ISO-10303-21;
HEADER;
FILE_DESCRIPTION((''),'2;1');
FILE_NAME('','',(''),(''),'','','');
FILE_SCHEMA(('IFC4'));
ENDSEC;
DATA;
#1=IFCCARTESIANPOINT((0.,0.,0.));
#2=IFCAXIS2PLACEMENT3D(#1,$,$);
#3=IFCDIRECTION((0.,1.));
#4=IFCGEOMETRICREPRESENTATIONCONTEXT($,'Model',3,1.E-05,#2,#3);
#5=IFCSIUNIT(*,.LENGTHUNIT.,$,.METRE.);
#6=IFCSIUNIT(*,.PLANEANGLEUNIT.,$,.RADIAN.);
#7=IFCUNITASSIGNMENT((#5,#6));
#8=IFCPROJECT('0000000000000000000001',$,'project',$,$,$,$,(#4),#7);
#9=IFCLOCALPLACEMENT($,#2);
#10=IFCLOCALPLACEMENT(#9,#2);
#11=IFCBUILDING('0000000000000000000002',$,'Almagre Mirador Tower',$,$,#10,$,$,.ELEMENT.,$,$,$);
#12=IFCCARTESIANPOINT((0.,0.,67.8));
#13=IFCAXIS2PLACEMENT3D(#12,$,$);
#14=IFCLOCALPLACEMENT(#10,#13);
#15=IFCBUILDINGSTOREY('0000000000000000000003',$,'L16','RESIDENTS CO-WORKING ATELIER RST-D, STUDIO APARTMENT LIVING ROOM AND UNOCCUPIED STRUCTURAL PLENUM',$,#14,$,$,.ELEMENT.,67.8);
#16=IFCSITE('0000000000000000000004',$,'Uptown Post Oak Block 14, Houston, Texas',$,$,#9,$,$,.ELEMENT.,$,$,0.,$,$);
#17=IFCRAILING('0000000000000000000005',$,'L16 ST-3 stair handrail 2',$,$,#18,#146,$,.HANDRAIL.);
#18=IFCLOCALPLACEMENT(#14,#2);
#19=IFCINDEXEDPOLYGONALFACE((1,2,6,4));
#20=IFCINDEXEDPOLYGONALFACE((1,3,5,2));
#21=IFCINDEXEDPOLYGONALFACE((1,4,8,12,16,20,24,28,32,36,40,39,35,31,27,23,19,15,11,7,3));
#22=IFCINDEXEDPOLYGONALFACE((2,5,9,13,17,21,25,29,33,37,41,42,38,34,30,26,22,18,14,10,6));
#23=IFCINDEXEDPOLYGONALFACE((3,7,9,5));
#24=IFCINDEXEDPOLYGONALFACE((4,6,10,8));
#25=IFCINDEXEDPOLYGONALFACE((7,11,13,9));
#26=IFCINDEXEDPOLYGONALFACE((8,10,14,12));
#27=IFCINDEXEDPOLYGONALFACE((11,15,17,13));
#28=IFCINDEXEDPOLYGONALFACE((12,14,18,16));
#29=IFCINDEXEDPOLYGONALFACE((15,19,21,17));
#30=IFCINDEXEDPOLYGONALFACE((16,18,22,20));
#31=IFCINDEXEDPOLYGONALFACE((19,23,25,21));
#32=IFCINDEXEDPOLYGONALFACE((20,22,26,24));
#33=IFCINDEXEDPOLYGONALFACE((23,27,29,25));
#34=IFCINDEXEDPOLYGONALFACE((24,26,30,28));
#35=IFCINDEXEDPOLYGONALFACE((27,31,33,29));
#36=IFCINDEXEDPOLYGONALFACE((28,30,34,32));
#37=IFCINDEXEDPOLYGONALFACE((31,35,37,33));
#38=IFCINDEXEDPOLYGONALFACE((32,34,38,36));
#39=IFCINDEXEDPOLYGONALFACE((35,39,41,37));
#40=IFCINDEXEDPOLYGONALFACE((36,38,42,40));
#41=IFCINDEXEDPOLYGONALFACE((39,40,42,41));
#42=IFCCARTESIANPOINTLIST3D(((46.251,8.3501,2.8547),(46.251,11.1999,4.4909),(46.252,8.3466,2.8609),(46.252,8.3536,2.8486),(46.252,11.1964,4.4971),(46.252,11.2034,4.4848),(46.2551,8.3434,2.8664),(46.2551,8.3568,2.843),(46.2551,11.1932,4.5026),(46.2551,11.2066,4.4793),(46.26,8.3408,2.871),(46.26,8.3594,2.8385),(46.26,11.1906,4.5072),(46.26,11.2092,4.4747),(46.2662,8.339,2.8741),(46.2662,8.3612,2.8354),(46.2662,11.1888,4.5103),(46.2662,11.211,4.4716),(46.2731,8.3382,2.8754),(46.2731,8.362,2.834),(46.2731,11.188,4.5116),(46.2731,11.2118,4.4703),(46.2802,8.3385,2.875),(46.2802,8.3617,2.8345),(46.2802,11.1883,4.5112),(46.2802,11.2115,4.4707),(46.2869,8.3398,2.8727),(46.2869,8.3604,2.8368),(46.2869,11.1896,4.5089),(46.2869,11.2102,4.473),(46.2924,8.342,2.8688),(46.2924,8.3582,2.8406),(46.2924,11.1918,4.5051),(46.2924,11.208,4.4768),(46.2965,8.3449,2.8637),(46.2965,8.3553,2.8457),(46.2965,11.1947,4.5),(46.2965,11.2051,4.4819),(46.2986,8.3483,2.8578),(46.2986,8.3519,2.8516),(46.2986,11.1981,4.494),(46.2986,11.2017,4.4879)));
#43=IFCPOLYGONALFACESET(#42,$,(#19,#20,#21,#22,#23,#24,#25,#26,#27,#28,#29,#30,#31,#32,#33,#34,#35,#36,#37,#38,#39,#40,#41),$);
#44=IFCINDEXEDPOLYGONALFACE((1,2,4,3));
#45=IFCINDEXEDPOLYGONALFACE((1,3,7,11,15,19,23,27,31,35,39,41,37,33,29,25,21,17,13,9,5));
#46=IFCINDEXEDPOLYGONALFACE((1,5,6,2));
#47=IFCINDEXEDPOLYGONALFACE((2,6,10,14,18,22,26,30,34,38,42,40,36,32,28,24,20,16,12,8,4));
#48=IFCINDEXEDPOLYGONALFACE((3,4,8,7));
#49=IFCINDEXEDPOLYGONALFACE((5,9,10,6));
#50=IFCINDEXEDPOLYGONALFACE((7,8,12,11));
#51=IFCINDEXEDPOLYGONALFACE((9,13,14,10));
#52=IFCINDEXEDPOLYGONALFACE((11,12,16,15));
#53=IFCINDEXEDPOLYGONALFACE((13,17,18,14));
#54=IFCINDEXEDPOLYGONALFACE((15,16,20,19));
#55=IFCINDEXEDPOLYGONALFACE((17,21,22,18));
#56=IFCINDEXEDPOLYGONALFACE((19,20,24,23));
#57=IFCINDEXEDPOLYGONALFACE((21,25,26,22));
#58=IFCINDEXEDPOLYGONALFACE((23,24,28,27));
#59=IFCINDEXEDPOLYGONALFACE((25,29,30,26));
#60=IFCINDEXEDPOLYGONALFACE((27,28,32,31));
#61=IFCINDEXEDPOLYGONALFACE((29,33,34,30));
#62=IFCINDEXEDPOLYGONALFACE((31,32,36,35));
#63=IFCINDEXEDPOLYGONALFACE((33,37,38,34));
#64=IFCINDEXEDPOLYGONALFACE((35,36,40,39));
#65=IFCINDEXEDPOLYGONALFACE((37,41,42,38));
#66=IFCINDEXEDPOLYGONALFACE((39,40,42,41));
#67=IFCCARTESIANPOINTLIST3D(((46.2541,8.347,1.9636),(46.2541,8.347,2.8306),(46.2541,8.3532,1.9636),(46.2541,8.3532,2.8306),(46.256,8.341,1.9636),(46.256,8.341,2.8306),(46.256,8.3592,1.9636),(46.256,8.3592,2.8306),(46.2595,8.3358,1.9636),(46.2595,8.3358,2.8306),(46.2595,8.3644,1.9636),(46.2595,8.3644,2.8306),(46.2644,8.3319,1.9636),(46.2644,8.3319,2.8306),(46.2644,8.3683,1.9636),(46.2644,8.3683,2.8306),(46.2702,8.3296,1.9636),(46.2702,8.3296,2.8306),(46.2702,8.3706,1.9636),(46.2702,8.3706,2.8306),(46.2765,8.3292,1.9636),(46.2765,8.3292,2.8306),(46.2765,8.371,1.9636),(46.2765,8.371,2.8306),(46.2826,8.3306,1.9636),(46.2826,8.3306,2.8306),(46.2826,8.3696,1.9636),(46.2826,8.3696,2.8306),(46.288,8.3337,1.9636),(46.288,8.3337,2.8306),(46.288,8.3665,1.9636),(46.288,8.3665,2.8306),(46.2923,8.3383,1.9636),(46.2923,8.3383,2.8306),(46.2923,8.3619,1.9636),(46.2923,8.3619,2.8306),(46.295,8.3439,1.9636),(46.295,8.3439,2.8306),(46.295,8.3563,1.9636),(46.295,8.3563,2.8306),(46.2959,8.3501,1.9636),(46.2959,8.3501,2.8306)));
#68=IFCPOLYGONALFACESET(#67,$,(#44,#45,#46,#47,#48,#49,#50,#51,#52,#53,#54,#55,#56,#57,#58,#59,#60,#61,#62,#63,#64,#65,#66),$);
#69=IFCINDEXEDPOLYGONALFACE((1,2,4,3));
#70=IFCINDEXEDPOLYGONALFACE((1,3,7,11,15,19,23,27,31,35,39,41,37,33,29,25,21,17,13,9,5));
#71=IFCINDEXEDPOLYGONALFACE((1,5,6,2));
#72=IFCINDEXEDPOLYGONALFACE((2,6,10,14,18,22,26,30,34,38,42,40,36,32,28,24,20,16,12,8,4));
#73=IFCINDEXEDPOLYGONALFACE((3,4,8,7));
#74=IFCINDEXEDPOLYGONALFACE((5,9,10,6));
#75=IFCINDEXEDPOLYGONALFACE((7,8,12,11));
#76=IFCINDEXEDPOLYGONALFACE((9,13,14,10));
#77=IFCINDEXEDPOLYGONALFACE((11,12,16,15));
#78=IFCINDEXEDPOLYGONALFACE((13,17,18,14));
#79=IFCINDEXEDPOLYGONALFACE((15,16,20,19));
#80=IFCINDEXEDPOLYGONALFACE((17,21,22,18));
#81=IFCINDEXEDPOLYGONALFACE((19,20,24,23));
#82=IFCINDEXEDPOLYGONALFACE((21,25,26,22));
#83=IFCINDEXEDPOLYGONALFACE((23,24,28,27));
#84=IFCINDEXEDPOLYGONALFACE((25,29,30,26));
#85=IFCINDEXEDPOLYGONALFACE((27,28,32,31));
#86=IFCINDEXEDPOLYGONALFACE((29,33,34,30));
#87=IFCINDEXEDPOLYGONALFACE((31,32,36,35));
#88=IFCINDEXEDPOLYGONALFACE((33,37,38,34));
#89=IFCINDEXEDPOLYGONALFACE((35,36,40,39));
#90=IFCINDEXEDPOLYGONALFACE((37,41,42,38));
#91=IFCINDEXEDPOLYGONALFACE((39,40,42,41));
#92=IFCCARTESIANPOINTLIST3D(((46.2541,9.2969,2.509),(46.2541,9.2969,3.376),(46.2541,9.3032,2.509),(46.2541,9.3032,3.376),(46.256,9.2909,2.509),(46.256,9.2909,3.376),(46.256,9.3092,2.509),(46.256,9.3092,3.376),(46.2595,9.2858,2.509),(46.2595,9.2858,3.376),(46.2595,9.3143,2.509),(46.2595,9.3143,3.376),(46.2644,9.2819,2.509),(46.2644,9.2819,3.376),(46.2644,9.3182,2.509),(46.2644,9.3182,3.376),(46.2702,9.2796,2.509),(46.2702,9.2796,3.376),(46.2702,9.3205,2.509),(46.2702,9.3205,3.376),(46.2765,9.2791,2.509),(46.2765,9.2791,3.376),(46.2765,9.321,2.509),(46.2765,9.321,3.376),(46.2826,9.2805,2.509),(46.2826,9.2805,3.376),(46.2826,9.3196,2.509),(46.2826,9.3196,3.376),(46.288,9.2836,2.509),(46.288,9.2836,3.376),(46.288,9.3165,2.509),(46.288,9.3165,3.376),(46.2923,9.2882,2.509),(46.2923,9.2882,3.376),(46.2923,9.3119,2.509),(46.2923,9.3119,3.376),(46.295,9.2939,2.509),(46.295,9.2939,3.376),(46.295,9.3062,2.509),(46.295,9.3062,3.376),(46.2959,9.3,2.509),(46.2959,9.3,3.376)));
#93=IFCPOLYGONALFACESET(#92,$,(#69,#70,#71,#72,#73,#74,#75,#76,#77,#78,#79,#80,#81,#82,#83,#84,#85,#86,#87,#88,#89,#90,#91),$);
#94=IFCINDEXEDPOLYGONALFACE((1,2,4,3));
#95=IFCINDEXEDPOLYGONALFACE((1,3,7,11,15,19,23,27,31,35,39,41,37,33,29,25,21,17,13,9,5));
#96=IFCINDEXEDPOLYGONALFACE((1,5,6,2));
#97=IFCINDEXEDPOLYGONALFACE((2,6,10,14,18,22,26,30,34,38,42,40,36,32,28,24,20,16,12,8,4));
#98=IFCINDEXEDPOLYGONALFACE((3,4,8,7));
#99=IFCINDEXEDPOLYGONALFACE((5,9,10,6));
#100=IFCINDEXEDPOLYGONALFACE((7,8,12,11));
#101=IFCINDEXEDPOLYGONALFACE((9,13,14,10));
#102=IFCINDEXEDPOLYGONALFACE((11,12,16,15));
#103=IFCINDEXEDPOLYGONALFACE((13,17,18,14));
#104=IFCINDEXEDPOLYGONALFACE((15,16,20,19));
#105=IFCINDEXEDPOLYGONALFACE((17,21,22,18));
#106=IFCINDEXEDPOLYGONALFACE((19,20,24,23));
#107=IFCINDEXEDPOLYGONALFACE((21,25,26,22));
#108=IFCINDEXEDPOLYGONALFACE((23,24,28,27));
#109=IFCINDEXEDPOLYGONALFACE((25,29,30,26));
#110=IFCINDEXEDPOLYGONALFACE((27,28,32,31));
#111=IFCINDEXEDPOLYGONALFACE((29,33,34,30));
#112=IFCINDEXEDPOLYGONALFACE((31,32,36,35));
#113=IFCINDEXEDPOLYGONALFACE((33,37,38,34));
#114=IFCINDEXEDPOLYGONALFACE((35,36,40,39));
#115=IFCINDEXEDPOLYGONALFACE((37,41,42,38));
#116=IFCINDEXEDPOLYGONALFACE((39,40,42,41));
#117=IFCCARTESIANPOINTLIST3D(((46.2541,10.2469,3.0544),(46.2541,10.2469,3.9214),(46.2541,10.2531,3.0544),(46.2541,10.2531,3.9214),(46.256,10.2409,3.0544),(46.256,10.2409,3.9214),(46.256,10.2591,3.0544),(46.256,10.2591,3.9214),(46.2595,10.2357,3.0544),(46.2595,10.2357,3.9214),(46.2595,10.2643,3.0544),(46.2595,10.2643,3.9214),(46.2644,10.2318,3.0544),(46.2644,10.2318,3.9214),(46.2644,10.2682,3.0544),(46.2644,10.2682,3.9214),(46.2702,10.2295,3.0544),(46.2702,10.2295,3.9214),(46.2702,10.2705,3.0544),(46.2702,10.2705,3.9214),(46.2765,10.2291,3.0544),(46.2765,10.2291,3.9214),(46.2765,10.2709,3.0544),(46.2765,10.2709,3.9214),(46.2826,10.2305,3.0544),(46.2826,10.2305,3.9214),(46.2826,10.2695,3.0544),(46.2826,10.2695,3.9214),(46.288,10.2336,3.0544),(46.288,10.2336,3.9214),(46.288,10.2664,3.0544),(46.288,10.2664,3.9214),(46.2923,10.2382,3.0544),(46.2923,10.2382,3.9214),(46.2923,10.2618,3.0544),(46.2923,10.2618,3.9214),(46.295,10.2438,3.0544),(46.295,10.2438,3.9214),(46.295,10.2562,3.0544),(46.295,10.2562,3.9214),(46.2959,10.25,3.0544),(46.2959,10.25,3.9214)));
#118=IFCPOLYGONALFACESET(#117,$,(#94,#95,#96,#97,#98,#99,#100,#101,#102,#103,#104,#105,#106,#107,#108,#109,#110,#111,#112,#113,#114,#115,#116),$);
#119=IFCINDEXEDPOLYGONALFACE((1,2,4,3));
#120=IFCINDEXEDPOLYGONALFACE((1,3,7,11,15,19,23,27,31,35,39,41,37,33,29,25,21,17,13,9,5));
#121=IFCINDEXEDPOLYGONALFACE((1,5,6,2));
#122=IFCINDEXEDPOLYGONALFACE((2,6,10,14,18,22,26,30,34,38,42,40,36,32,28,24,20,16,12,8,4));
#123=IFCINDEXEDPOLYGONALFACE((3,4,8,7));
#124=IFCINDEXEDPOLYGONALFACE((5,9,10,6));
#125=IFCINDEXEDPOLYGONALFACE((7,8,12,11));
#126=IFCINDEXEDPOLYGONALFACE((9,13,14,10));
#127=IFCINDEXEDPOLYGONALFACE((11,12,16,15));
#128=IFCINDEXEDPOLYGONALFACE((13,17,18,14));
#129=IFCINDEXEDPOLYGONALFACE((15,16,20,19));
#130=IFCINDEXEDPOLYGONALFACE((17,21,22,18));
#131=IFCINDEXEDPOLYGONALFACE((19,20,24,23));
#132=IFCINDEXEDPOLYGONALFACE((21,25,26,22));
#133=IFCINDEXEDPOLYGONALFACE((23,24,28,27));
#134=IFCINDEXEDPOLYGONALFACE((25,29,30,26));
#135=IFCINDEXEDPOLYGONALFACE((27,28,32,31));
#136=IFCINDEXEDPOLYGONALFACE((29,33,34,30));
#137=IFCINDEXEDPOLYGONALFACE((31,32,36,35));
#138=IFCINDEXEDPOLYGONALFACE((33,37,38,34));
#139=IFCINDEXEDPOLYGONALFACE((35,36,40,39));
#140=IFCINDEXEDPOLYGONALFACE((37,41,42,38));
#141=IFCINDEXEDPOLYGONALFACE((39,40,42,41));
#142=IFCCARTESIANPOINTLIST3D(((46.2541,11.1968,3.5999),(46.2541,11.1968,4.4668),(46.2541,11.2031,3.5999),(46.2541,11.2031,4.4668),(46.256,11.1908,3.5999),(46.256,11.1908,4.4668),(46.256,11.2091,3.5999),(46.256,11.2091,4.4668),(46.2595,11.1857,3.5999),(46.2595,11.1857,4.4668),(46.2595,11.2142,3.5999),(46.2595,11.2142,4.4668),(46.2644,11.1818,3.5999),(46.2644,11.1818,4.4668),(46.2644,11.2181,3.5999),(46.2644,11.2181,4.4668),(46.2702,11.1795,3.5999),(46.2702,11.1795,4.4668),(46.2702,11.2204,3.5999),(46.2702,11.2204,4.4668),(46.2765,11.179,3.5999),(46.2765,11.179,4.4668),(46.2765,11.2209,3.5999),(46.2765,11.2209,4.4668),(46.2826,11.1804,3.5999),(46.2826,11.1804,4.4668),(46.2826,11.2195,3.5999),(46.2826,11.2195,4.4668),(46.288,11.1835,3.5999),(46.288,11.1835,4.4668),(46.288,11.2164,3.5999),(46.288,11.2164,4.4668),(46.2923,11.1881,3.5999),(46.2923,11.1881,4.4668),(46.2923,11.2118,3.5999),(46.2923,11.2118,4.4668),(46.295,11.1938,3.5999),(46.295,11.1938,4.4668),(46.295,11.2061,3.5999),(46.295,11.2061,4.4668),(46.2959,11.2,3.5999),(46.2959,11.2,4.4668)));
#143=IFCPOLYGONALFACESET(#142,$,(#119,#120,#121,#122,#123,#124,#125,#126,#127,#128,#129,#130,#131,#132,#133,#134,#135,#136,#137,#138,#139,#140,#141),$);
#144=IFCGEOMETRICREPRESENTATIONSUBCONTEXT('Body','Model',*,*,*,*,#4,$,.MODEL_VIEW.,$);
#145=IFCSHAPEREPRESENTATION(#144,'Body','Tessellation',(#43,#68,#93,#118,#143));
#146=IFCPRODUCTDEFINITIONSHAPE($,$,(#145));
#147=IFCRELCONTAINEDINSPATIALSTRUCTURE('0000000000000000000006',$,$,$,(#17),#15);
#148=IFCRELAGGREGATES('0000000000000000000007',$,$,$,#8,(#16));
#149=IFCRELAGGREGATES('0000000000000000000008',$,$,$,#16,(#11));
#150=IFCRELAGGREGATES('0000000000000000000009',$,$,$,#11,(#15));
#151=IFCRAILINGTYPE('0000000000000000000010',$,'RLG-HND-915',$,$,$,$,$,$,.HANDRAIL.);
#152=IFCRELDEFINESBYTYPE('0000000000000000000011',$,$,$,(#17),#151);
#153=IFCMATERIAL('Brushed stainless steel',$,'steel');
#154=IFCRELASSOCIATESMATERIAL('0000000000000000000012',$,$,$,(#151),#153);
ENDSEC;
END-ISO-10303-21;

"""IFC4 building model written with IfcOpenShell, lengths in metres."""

from ifc_helpers import new_model, si_unit, direction, frame, origin, origin_2d, place, context, subcontext, project, spatial, circle, extrude, material, type_object, element, save


model = new_model("IFC4")

# Units and contexts
model_context = context("Model", 3, precision=1e-05, world=origin(), true_north=direction((0.0, 1.0)))
body_context = subcontext(model_context, "Body", "Model", "MODEL_VIEW")
ifc_project = project(units=[si_unit("LENGTHUNIT", "METRE"), si_unit("PLANEANGLEUNIT", "RADIAN")], contexts=[model_context])

# Site, building, storey
site_placement = place(None, origin())
site = spatial("IfcSite", under=ifc_project, at=site_placement, Name="Uptown Post Oak Block 14, Houston, Texas", CompositionType="ELEMENT", RefElevation=0.0)
building_placement = place(site_placement, origin())
building = spatial("IfcBuilding", under=site, at=building_placement, Name="Almagre Mirador Tower", CompositionType="ELEMENT")
storey_placement = place(building_placement, frame((0.0, 0.0, 67.8)))
storey = spatial("IfcBuildingStorey", under=building, at=storey_placement, Name="L16", Description="RESIDENTS CO-WORKING ATELIER RST-D, STUDIO APARTMENT LIVING ROOM AND UNOCCUPIED STRUCTURAL PLENUM", CompositionType="ELEMENT", Elevation=67.8)

# Railing
ifc_material_1 = material(Name="Brushed stainless steel", Category="steel")
railing_type_1 = type_object("IfcRailingType", Name="RLG-HND-915", PredefinedType="HANDRAIL", material=ifc_material_1)
railing_1_placement = place(storey_placement, frame((46.2749, 8.3501, 1.9636)))
element("IfcRailing", 1, at=railing_1_placement, inside=storey, type_object=railing_type_1, Name="L16 ST-3 stair handrail 2", PredefinedType="HANDRAIL", context=body_context, shape_type="SweptSolid", body=[
    extrude(circle(Radius=0.0239, at=origin_2d()), frame((0.0, 0.0, 0.8911), z_axis=(0.0, 0.867226, 0.497914), x_axis=(-1.0, 0.0, 0.0)), (0.0, 0.0, 1.0), 3.2861),
    extrude(circle(Radius=0.021, at=origin_2d()), origin(), (0.0, 0.0, 1.0), 0.8669),
    extrude(circle(Radius=0.021, at=origin_2d()), frame((0.0, 0.95, 0.5454)), (0.0, 0.0, 1.0), 0.8669),
    extrude(circle(Radius=0.021, at=origin_2d()), frame((0.0, 1.8999, 1.0908)), (0.0, 0.0, 1.0), 0.8669),
    extrude(circle(Radius=0.021, at=origin_2d()), frame((0.0, 2.8499, 1.6362)), (0.0, 0.0, 1.0), 0.8669),
])

save(model, "model.ifc")
